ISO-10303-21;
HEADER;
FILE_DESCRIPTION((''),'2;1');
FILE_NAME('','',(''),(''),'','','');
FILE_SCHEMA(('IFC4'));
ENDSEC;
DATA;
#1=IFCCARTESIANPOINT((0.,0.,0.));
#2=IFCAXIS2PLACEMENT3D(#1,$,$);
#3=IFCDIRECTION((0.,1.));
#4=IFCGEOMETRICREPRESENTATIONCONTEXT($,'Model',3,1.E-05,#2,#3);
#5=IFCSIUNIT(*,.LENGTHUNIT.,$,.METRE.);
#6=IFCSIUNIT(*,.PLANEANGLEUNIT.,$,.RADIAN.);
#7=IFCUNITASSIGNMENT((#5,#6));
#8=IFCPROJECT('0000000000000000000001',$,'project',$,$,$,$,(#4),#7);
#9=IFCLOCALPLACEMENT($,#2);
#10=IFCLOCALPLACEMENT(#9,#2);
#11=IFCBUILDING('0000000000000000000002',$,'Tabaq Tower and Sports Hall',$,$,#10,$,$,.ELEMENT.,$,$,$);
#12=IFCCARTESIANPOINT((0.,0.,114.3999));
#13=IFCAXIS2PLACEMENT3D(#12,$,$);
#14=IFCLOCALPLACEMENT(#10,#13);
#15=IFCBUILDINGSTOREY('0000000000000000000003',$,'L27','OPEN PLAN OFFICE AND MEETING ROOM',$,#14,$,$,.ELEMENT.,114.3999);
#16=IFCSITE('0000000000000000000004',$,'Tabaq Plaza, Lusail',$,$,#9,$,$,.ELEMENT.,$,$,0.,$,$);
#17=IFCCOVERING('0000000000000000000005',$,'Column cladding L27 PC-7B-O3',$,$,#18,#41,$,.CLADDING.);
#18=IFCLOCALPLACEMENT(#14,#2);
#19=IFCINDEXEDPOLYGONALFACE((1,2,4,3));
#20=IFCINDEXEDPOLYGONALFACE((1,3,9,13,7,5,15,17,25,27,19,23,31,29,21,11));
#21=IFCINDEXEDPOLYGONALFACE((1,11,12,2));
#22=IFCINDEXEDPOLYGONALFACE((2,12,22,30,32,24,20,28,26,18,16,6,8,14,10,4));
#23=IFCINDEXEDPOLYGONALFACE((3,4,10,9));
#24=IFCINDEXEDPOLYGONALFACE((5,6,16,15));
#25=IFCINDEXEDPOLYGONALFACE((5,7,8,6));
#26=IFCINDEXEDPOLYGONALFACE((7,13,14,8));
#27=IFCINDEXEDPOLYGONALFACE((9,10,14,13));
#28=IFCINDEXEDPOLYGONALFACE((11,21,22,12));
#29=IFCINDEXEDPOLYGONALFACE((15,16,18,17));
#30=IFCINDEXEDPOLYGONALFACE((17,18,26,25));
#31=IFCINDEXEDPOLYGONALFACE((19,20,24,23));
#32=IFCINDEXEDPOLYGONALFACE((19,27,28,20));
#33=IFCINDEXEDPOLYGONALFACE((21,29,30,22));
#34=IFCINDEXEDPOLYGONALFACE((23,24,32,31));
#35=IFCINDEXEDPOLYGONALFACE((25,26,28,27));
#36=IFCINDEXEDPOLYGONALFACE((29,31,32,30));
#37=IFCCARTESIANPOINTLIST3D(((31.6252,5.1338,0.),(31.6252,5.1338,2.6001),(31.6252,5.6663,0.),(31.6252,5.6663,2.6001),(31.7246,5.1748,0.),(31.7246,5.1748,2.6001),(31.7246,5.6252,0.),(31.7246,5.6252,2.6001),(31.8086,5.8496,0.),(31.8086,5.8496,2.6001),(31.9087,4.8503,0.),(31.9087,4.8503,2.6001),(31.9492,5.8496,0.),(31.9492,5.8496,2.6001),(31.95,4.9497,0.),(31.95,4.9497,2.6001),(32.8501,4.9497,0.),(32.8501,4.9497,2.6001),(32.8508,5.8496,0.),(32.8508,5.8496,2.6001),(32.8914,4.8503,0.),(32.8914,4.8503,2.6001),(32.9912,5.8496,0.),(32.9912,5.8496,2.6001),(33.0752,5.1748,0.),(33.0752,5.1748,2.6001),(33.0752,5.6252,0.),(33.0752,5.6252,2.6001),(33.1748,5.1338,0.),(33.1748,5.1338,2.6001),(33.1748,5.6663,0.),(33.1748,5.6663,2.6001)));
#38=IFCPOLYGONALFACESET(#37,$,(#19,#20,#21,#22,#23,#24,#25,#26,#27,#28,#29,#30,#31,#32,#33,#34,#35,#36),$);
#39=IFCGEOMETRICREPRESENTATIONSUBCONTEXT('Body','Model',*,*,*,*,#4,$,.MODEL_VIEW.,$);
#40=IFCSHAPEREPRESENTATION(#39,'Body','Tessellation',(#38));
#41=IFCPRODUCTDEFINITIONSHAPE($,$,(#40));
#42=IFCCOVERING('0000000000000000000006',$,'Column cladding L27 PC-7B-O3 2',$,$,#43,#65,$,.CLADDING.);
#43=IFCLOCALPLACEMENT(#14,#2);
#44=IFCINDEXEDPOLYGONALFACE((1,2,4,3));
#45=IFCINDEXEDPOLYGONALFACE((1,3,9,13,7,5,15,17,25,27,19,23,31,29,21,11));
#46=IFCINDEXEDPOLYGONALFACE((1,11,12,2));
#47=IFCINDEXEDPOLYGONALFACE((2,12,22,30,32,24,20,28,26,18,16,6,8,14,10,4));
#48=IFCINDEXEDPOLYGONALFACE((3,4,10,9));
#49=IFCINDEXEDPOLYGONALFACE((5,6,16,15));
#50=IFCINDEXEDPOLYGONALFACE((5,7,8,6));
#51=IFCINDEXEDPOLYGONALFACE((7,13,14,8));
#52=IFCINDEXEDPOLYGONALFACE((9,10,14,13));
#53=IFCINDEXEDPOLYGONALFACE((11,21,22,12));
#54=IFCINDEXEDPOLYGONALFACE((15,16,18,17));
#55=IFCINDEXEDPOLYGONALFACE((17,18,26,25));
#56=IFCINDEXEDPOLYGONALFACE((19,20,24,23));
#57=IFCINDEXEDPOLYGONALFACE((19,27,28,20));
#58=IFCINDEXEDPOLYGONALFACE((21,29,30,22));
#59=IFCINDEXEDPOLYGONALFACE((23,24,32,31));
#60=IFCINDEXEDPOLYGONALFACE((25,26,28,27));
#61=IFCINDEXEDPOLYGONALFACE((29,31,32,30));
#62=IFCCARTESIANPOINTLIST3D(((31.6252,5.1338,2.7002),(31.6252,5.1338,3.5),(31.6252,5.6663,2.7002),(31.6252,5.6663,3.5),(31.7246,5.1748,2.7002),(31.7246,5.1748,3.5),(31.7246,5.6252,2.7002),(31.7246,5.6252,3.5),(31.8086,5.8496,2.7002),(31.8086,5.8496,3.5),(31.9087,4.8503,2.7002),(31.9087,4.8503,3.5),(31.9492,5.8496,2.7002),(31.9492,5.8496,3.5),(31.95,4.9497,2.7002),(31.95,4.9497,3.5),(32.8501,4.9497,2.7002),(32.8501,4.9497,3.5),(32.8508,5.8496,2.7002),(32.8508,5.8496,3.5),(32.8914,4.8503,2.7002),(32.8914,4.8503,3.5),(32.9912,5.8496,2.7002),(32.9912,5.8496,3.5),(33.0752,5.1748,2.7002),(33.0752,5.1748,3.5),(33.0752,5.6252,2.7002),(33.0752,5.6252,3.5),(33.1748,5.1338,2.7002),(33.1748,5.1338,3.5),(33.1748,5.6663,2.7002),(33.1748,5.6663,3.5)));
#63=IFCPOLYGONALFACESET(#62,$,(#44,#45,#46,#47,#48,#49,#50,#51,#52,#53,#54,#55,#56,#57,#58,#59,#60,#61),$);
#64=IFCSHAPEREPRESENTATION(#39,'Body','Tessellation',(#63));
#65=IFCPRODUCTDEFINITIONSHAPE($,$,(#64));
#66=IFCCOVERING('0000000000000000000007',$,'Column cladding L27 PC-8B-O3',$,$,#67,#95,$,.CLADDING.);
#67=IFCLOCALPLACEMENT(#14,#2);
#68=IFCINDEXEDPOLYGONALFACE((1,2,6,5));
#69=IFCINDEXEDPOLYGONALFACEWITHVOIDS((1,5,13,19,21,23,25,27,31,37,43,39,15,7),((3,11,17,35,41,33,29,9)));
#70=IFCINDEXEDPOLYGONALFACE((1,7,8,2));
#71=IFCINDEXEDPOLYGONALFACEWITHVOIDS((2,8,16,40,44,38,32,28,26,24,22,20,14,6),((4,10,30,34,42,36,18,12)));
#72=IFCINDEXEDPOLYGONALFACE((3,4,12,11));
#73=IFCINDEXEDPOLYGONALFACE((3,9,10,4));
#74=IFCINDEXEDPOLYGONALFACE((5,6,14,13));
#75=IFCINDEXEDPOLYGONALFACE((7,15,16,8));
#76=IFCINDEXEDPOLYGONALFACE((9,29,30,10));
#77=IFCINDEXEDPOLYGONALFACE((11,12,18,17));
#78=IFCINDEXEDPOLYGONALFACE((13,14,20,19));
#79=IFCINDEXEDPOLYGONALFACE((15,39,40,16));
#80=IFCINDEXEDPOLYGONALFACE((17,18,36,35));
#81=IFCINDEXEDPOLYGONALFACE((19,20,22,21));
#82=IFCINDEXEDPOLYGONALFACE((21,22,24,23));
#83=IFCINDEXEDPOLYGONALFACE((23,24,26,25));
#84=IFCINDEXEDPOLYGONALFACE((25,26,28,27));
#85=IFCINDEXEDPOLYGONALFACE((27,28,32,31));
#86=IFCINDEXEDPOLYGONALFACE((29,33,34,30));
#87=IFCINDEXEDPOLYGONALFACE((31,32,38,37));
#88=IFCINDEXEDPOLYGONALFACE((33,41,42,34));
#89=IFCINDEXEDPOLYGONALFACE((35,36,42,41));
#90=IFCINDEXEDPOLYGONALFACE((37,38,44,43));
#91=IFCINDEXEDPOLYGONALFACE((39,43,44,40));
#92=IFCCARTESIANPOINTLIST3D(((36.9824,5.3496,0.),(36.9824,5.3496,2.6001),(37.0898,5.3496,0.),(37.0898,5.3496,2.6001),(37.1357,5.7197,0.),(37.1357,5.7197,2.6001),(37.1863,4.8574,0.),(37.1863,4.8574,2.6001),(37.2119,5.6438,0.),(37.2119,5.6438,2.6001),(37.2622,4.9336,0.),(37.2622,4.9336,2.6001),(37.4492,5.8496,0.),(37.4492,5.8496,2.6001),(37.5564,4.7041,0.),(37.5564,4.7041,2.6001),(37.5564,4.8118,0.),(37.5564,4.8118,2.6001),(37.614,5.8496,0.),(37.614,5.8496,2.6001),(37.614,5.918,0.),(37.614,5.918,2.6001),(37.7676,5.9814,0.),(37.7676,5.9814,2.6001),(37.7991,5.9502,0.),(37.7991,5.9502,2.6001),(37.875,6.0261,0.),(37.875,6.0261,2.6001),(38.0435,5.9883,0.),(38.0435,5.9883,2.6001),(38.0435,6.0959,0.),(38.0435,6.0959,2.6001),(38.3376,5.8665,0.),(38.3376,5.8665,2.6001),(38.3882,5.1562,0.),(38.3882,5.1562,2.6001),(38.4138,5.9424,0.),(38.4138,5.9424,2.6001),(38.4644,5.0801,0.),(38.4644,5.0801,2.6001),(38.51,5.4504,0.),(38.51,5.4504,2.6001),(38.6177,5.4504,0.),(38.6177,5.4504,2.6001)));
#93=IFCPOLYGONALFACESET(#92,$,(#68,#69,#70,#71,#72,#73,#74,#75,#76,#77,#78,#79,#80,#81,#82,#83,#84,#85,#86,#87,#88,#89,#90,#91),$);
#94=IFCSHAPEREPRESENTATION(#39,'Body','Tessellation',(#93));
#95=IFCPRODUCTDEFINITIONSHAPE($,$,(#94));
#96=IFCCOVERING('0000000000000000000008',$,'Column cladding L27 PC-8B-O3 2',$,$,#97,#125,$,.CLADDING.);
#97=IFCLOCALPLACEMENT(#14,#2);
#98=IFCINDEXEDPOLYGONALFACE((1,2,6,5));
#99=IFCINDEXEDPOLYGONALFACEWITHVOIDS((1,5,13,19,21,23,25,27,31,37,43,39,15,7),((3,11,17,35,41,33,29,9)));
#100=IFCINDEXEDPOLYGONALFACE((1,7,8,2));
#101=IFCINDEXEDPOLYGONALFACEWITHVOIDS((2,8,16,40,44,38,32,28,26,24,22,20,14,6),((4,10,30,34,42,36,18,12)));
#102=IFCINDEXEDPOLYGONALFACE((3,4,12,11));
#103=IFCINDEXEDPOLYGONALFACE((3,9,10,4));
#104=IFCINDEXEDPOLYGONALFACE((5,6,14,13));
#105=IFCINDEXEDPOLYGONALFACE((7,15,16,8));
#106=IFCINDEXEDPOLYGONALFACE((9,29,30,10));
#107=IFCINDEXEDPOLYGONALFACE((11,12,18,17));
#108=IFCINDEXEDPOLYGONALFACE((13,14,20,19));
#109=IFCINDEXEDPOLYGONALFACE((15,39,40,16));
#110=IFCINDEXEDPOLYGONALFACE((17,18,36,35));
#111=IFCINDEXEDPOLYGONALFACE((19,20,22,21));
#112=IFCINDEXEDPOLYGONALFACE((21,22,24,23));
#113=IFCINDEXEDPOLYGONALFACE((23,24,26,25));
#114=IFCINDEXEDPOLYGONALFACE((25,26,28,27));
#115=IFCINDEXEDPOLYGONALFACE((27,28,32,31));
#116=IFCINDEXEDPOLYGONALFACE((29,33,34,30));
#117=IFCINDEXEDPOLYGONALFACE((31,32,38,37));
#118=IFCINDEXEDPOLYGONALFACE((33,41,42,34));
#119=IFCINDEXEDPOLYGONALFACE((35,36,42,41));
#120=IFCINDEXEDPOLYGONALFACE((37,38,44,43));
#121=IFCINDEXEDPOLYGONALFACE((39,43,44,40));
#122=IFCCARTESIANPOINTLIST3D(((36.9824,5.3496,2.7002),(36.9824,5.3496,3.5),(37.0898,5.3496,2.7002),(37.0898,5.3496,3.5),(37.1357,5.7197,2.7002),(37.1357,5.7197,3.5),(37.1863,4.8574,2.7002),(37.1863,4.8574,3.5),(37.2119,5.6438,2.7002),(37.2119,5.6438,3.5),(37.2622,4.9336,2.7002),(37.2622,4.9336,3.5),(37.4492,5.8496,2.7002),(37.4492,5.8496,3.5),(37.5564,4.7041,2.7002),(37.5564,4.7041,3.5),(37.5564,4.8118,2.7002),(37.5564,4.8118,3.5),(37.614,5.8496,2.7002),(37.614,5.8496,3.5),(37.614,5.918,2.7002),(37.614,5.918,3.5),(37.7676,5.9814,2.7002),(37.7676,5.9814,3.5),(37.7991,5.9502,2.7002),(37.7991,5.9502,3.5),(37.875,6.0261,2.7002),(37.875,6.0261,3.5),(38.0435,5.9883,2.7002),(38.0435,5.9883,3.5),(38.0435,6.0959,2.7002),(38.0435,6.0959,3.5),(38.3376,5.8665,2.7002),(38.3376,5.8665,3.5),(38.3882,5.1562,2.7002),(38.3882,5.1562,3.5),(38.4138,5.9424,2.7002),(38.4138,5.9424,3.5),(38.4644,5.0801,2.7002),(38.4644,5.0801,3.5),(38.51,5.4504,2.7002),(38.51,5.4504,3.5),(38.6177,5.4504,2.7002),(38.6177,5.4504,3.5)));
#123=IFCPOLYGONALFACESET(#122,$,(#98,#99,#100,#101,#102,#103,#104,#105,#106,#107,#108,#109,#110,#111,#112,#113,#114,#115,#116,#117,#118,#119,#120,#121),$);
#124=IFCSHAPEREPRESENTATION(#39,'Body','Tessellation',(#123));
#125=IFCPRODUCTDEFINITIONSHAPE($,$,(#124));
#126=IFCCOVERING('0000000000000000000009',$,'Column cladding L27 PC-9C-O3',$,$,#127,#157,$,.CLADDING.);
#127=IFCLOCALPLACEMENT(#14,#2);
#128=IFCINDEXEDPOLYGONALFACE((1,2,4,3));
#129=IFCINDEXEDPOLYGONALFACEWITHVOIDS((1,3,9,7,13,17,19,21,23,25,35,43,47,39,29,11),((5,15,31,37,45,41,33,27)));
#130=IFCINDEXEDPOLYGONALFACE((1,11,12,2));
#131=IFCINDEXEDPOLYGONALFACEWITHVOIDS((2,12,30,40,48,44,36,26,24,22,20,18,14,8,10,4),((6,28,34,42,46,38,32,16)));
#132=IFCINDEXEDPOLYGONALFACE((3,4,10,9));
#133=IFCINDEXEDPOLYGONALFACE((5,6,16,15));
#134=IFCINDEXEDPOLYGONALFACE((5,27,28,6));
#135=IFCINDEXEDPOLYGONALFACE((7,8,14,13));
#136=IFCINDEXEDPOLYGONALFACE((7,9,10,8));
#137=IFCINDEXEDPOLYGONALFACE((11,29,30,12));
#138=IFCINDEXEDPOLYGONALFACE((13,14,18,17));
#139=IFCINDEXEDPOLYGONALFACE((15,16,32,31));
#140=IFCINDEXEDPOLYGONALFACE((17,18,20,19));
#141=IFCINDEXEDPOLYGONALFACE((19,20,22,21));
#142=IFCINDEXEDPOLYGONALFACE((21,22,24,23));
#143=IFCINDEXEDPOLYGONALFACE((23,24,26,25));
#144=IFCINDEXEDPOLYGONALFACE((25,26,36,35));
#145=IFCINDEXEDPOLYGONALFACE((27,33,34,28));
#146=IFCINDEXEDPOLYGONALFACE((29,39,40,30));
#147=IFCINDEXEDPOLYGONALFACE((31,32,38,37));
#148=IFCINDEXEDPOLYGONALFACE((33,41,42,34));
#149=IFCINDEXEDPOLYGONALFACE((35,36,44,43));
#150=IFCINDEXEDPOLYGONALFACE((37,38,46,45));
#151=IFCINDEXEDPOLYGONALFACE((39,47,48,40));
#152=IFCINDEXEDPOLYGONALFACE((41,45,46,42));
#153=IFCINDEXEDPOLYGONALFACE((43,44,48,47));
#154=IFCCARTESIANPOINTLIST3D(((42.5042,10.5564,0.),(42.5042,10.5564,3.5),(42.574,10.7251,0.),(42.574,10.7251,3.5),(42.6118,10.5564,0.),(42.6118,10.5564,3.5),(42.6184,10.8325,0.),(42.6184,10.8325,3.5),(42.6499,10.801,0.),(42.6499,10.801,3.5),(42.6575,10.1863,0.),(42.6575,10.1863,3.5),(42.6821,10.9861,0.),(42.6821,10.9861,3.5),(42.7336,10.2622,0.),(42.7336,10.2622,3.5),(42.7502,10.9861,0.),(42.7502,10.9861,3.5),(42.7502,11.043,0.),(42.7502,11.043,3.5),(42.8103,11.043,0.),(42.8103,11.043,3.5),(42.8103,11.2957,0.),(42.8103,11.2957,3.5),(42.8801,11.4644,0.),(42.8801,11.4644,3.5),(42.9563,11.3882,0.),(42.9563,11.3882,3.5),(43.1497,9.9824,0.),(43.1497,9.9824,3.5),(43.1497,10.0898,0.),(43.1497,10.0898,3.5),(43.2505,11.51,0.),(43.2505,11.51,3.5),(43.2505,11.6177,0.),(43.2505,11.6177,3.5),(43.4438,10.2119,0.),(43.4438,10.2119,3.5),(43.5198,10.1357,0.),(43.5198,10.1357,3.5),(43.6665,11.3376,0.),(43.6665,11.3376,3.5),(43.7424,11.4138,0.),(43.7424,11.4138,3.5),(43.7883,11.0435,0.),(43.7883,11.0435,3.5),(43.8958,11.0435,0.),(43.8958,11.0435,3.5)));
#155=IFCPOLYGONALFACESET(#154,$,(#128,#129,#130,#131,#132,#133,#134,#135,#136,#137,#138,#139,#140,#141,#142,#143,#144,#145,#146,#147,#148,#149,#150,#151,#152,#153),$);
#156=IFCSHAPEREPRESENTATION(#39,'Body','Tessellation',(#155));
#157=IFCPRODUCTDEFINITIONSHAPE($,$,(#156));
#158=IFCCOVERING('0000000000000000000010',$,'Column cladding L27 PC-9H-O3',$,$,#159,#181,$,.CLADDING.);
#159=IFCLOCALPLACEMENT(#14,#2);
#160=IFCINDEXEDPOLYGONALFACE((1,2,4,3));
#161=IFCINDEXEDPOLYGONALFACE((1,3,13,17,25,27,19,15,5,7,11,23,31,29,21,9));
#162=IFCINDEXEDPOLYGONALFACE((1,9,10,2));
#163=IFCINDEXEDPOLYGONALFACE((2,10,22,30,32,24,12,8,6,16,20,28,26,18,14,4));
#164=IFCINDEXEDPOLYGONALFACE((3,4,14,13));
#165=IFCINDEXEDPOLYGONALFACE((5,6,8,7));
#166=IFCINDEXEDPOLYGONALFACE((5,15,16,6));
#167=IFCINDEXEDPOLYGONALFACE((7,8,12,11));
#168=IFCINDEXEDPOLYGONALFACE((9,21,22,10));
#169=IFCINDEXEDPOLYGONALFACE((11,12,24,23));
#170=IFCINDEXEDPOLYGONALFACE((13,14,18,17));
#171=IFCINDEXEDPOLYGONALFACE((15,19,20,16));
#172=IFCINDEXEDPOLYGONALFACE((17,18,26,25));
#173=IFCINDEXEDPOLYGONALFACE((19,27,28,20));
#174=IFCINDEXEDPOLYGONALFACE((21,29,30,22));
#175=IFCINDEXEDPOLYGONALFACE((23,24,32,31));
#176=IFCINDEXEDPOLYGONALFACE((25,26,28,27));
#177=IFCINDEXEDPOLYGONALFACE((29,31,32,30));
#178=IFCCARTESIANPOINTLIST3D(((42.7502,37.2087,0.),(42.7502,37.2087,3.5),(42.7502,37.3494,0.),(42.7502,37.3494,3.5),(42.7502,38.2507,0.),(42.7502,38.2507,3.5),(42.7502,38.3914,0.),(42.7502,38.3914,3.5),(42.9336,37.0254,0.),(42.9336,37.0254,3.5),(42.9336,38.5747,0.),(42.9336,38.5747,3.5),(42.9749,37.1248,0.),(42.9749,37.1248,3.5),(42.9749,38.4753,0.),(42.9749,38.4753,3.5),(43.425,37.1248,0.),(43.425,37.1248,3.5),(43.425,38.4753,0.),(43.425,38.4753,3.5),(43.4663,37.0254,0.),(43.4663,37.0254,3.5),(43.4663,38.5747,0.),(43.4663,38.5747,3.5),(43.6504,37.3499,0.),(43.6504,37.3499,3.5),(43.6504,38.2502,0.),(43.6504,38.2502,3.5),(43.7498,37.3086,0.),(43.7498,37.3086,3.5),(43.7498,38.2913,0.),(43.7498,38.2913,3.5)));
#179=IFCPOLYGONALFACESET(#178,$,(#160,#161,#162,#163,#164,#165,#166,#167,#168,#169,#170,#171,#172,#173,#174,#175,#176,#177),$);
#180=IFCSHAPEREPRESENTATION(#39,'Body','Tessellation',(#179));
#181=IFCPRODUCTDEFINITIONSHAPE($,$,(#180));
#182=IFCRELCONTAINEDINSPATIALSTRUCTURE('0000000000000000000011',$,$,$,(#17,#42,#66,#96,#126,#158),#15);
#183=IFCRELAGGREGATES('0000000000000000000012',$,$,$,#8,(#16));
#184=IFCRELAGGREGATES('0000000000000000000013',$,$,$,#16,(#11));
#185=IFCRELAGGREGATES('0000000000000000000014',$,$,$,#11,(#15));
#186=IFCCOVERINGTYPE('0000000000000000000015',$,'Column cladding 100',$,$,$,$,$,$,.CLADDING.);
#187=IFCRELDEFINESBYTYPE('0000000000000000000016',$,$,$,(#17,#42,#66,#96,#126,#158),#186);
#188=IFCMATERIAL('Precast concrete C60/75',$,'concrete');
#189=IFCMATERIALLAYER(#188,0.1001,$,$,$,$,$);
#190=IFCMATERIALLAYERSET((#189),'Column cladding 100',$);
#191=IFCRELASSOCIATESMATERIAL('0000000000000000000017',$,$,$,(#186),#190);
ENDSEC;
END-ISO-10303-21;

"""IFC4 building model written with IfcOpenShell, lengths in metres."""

from ifc_helpers import new_model, si_unit, direction, frame, origin, place, context, subcontext, project, spatial, polyline, outline, extrude, material, layer, layer_set, type_object, element, save


model = new_model("IFC4")

# Units and contexts
model_context = context("Model", 3, precision=1e-05, world=origin(), true_north=direction((0.0, 1.0)))
body_context = subcontext(model_context, "Body", "Model", "MODEL_VIEW")
ifc_project = project(units=[si_unit("LENGTHUNIT", "METRE"), si_unit("PLANEANGLEUNIT", "RADIAN")], contexts=[model_context])

# Site, building, storey
site_placement = place(None, origin())
site = spatial("IfcSite", under=ifc_project, at=site_placement, Name="Tabaq Plaza, Lusail", CompositionType="ELEMENT", RefElevation=0.0)
building_placement = place(site_placement, origin())
building = spatial("IfcBuilding", under=site, at=building_placement, Name="Tabaq Tower and Sports Hall", CompositionType="ELEMENT")
storey_placement = place(building_placement, frame((0.0, 0.0, 114.3999)))
storey = spatial("IfcBuildingStorey", under=building, at=storey_placement, Name="L27", Description="OPEN PLAN OFFICE AND MEETING ROOM", CompositionType="ELEMENT", Elevation=114.3999)

# Coverings
ifc_material_1 = material(Name="Precast concrete C60/75", Category="concrete")
ifc_layer_1 = layer(ifc_material_1, 0.1001)
ifc_layer_set_1 = layer_set([ifc_layer_1], Name="Column cladding 100")
covering_type = type_object("IfcCoveringType", Name="Column cladding 100", PredefinedType="CLADDING", material=ifc_layer_set_1)
covering_1_placement = place(storey_placement, origin())
element("IfcCovering", 1, at=covering_1_placement, inside=storey, type_object=covering_type, Name="Column cladding L27 PC-7B-O3", PredefinedType="CLADDING", context=body_context, shape_type="SweptSolid", body=[
    extrude(outline(polyline([(31.6252, 5.6663), (31.8086, 5.8496), (31.9492, 5.8496), (31.7246, 5.6252), (31.7246, 5.1748), (31.95, 4.9497), (32.8501, 4.9497), (33.0752, 5.1748), (33.0752, 5.6252), (32.8508, 5.8496), (32.9912, 5.8496), (33.1748, 5.6663), (33.1748, 5.1338), (32.8914, 4.8503), (31.9087, 4.8503), (31.6252, 5.1338), (31.6252, 5.6663)])), origin(), (0.0, 0.0, 1.0), 2.6001),
])
covering_2_placement = place(storey_placement, frame((0.0, 0.0, 2.7002)))
element("IfcCovering", 2, at=covering_2_placement, inside=storey, type_object=covering_type, Name="Column cladding L27 PC-7B-O3 2", PredefinedType="CLADDING", context=body_context, shape_type="SweptSolid", body=[
    extrude(outline(polyline([(31.6252, 5.6663), (31.8086, 5.8496), (31.9492, 5.8496), (31.7246, 5.6252), (31.7246, 5.1748), (31.95, 4.9497), (32.8501, 4.9497), (33.0752, 5.1748), (33.0752, 5.6252), (32.8508, 5.8496), (32.9912, 5.8496), (33.1748, 5.6663), (33.1748, 5.1338), (32.8914, 4.8503), (31.9087, 4.8503), (31.6252, 5.1338), (31.6252, 5.6663)])), origin(), (0.0, 0.0, 1.0), 0.7998),
])
covering_3_placement = place(storey_placement, origin())
element("IfcCovering", 3, at=covering_3_placement, inside=storey, type_object=covering_type, Name="Column cladding L27 PC-8B-O3", PredefinedType="CLADDING", context=body_context, shape_type="SweptSolid", body=[
    extrude(outline(polyline([(36.9824, 5.3496), (37.1357, 5.7197), (37.4492, 5.8496), (37.614, 5.8496), (37.614, 5.918), (37.7676, 5.9814), (37.7991, 5.9502), (37.875, 6.0261), (38.0435, 6.0959), (38.4138, 5.9424), (38.6177, 5.4504), (38.4644, 5.0801), (37.5564, 4.7041), (37.1863, 4.8574), (36.9824, 5.3496)]), holes=[polyline([(38.51, 5.4504), (38.3376, 5.8665), (38.0435, 5.9883), (37.2119, 5.6438), (37.0898, 5.3496), (37.2622, 4.9336), (37.5564, 4.8118), (38.3882, 5.1562), (38.51, 5.4504)])]), origin(), (0.0, 0.0, 1.0), 2.6001),
])
covering_4_placement = place(storey_placement, frame((0.0, 0.0, 2.7002)))
element("IfcCovering", 4, at=covering_4_placement, inside=storey, type_object=covering_type, Name="Column cladding L27 PC-8B-O3 2", PredefinedType="CLADDING", context=body_context, shape_type="SweptSolid", body=[
    extrude(outline(polyline([(36.9824, 5.3496), (37.1357, 5.7197), (37.4492, 5.8496), (37.614, 5.8496), (37.614, 5.918), (37.7676, 5.9814), (37.7991, 5.9502), (37.875, 6.0261), (38.0435, 6.0959), (38.4138, 5.9424), (38.6177, 5.4504), (38.4644, 5.0801), (37.5564, 4.7041), (37.1863, 4.8574), (36.9824, 5.3496)]), holes=[polyline([(38.51, 5.4504), (38.3376, 5.8665), (38.0435, 5.9883), (37.2119, 5.6438), (37.0898, 5.3496), (37.2622, 4.9336), (37.5564, 4.8118), (38.3882, 5.1562), (38.51, 5.4504)])]), origin(), (0.0, 0.0, 1.0), 0.7998),
])
covering_5_placement = place(storey_placement, origin())
element("IfcCovering", 5, at=covering_5_placement, inside=storey, type_object=covering_type, Name="Column cladding L27 PC-9C-O3", PredefinedType="CLADDING", context=body_context, shape_type="SweptSolid", body=[
    extrude(outline(polyline([(42.6575, 10.1863), (42.5042, 10.5564), (42.574, 10.7251), (42.6499, 10.801), (42.6184, 10.8325), (42.6821, 10.9861), (42.7502, 10.9861), (42.7502, 11.043), (42.8103, 11.043), (42.8103, 11.2957), (42.8801, 11.4644), (43.2505, 11.6177), (43.7424, 11.4138), (43.8958, 11.0435), (43.5198, 10.1357), (43.1497, 9.9824), (42.6575, 10.1863)]), holes=[polyline([(43.6665, 11.3376), (43.2505, 11.51), (42.9563, 11.3882), (42.6118, 10.5564), (42.7336, 10.2622), (43.1497, 10.0898), (43.4438, 10.2119), (43.7883, 11.0435), (43.6665, 11.3376)])]), origin(), (0.0, 0.0, 1.0), 3.5),
])
covering_6_placement = place(storey_placement, origin())
element("IfcCovering", 6, at=covering_6_placement, inside=storey, type_object=covering_type, Name="Column cladding L27 PC-9H-O3", PredefinedType="CLADDING", context=body_context, shape_type="SweptSolid", body=[
    extrude(outline(polyline([(42.9336, 37.0254), (42.7502, 37.2087), (42.7502, 37.3494), (42.9749, 37.1248), (43.425, 37.1248), (43.6504, 37.3499), (43.6504, 38.2502), (43.425, 38.4753), (42.9749, 38.4753), (42.7502, 38.2507), (42.7502, 38.3914), (42.9336, 38.5747), (43.4663, 38.5747), (43.7498, 38.2913), (43.7498, 37.3086), (43.4663, 37.0254), (42.9336, 37.0254)])), origin(), (0.0, 0.0, 1.0), 3.5),
])

save(model, "model.ifc")
